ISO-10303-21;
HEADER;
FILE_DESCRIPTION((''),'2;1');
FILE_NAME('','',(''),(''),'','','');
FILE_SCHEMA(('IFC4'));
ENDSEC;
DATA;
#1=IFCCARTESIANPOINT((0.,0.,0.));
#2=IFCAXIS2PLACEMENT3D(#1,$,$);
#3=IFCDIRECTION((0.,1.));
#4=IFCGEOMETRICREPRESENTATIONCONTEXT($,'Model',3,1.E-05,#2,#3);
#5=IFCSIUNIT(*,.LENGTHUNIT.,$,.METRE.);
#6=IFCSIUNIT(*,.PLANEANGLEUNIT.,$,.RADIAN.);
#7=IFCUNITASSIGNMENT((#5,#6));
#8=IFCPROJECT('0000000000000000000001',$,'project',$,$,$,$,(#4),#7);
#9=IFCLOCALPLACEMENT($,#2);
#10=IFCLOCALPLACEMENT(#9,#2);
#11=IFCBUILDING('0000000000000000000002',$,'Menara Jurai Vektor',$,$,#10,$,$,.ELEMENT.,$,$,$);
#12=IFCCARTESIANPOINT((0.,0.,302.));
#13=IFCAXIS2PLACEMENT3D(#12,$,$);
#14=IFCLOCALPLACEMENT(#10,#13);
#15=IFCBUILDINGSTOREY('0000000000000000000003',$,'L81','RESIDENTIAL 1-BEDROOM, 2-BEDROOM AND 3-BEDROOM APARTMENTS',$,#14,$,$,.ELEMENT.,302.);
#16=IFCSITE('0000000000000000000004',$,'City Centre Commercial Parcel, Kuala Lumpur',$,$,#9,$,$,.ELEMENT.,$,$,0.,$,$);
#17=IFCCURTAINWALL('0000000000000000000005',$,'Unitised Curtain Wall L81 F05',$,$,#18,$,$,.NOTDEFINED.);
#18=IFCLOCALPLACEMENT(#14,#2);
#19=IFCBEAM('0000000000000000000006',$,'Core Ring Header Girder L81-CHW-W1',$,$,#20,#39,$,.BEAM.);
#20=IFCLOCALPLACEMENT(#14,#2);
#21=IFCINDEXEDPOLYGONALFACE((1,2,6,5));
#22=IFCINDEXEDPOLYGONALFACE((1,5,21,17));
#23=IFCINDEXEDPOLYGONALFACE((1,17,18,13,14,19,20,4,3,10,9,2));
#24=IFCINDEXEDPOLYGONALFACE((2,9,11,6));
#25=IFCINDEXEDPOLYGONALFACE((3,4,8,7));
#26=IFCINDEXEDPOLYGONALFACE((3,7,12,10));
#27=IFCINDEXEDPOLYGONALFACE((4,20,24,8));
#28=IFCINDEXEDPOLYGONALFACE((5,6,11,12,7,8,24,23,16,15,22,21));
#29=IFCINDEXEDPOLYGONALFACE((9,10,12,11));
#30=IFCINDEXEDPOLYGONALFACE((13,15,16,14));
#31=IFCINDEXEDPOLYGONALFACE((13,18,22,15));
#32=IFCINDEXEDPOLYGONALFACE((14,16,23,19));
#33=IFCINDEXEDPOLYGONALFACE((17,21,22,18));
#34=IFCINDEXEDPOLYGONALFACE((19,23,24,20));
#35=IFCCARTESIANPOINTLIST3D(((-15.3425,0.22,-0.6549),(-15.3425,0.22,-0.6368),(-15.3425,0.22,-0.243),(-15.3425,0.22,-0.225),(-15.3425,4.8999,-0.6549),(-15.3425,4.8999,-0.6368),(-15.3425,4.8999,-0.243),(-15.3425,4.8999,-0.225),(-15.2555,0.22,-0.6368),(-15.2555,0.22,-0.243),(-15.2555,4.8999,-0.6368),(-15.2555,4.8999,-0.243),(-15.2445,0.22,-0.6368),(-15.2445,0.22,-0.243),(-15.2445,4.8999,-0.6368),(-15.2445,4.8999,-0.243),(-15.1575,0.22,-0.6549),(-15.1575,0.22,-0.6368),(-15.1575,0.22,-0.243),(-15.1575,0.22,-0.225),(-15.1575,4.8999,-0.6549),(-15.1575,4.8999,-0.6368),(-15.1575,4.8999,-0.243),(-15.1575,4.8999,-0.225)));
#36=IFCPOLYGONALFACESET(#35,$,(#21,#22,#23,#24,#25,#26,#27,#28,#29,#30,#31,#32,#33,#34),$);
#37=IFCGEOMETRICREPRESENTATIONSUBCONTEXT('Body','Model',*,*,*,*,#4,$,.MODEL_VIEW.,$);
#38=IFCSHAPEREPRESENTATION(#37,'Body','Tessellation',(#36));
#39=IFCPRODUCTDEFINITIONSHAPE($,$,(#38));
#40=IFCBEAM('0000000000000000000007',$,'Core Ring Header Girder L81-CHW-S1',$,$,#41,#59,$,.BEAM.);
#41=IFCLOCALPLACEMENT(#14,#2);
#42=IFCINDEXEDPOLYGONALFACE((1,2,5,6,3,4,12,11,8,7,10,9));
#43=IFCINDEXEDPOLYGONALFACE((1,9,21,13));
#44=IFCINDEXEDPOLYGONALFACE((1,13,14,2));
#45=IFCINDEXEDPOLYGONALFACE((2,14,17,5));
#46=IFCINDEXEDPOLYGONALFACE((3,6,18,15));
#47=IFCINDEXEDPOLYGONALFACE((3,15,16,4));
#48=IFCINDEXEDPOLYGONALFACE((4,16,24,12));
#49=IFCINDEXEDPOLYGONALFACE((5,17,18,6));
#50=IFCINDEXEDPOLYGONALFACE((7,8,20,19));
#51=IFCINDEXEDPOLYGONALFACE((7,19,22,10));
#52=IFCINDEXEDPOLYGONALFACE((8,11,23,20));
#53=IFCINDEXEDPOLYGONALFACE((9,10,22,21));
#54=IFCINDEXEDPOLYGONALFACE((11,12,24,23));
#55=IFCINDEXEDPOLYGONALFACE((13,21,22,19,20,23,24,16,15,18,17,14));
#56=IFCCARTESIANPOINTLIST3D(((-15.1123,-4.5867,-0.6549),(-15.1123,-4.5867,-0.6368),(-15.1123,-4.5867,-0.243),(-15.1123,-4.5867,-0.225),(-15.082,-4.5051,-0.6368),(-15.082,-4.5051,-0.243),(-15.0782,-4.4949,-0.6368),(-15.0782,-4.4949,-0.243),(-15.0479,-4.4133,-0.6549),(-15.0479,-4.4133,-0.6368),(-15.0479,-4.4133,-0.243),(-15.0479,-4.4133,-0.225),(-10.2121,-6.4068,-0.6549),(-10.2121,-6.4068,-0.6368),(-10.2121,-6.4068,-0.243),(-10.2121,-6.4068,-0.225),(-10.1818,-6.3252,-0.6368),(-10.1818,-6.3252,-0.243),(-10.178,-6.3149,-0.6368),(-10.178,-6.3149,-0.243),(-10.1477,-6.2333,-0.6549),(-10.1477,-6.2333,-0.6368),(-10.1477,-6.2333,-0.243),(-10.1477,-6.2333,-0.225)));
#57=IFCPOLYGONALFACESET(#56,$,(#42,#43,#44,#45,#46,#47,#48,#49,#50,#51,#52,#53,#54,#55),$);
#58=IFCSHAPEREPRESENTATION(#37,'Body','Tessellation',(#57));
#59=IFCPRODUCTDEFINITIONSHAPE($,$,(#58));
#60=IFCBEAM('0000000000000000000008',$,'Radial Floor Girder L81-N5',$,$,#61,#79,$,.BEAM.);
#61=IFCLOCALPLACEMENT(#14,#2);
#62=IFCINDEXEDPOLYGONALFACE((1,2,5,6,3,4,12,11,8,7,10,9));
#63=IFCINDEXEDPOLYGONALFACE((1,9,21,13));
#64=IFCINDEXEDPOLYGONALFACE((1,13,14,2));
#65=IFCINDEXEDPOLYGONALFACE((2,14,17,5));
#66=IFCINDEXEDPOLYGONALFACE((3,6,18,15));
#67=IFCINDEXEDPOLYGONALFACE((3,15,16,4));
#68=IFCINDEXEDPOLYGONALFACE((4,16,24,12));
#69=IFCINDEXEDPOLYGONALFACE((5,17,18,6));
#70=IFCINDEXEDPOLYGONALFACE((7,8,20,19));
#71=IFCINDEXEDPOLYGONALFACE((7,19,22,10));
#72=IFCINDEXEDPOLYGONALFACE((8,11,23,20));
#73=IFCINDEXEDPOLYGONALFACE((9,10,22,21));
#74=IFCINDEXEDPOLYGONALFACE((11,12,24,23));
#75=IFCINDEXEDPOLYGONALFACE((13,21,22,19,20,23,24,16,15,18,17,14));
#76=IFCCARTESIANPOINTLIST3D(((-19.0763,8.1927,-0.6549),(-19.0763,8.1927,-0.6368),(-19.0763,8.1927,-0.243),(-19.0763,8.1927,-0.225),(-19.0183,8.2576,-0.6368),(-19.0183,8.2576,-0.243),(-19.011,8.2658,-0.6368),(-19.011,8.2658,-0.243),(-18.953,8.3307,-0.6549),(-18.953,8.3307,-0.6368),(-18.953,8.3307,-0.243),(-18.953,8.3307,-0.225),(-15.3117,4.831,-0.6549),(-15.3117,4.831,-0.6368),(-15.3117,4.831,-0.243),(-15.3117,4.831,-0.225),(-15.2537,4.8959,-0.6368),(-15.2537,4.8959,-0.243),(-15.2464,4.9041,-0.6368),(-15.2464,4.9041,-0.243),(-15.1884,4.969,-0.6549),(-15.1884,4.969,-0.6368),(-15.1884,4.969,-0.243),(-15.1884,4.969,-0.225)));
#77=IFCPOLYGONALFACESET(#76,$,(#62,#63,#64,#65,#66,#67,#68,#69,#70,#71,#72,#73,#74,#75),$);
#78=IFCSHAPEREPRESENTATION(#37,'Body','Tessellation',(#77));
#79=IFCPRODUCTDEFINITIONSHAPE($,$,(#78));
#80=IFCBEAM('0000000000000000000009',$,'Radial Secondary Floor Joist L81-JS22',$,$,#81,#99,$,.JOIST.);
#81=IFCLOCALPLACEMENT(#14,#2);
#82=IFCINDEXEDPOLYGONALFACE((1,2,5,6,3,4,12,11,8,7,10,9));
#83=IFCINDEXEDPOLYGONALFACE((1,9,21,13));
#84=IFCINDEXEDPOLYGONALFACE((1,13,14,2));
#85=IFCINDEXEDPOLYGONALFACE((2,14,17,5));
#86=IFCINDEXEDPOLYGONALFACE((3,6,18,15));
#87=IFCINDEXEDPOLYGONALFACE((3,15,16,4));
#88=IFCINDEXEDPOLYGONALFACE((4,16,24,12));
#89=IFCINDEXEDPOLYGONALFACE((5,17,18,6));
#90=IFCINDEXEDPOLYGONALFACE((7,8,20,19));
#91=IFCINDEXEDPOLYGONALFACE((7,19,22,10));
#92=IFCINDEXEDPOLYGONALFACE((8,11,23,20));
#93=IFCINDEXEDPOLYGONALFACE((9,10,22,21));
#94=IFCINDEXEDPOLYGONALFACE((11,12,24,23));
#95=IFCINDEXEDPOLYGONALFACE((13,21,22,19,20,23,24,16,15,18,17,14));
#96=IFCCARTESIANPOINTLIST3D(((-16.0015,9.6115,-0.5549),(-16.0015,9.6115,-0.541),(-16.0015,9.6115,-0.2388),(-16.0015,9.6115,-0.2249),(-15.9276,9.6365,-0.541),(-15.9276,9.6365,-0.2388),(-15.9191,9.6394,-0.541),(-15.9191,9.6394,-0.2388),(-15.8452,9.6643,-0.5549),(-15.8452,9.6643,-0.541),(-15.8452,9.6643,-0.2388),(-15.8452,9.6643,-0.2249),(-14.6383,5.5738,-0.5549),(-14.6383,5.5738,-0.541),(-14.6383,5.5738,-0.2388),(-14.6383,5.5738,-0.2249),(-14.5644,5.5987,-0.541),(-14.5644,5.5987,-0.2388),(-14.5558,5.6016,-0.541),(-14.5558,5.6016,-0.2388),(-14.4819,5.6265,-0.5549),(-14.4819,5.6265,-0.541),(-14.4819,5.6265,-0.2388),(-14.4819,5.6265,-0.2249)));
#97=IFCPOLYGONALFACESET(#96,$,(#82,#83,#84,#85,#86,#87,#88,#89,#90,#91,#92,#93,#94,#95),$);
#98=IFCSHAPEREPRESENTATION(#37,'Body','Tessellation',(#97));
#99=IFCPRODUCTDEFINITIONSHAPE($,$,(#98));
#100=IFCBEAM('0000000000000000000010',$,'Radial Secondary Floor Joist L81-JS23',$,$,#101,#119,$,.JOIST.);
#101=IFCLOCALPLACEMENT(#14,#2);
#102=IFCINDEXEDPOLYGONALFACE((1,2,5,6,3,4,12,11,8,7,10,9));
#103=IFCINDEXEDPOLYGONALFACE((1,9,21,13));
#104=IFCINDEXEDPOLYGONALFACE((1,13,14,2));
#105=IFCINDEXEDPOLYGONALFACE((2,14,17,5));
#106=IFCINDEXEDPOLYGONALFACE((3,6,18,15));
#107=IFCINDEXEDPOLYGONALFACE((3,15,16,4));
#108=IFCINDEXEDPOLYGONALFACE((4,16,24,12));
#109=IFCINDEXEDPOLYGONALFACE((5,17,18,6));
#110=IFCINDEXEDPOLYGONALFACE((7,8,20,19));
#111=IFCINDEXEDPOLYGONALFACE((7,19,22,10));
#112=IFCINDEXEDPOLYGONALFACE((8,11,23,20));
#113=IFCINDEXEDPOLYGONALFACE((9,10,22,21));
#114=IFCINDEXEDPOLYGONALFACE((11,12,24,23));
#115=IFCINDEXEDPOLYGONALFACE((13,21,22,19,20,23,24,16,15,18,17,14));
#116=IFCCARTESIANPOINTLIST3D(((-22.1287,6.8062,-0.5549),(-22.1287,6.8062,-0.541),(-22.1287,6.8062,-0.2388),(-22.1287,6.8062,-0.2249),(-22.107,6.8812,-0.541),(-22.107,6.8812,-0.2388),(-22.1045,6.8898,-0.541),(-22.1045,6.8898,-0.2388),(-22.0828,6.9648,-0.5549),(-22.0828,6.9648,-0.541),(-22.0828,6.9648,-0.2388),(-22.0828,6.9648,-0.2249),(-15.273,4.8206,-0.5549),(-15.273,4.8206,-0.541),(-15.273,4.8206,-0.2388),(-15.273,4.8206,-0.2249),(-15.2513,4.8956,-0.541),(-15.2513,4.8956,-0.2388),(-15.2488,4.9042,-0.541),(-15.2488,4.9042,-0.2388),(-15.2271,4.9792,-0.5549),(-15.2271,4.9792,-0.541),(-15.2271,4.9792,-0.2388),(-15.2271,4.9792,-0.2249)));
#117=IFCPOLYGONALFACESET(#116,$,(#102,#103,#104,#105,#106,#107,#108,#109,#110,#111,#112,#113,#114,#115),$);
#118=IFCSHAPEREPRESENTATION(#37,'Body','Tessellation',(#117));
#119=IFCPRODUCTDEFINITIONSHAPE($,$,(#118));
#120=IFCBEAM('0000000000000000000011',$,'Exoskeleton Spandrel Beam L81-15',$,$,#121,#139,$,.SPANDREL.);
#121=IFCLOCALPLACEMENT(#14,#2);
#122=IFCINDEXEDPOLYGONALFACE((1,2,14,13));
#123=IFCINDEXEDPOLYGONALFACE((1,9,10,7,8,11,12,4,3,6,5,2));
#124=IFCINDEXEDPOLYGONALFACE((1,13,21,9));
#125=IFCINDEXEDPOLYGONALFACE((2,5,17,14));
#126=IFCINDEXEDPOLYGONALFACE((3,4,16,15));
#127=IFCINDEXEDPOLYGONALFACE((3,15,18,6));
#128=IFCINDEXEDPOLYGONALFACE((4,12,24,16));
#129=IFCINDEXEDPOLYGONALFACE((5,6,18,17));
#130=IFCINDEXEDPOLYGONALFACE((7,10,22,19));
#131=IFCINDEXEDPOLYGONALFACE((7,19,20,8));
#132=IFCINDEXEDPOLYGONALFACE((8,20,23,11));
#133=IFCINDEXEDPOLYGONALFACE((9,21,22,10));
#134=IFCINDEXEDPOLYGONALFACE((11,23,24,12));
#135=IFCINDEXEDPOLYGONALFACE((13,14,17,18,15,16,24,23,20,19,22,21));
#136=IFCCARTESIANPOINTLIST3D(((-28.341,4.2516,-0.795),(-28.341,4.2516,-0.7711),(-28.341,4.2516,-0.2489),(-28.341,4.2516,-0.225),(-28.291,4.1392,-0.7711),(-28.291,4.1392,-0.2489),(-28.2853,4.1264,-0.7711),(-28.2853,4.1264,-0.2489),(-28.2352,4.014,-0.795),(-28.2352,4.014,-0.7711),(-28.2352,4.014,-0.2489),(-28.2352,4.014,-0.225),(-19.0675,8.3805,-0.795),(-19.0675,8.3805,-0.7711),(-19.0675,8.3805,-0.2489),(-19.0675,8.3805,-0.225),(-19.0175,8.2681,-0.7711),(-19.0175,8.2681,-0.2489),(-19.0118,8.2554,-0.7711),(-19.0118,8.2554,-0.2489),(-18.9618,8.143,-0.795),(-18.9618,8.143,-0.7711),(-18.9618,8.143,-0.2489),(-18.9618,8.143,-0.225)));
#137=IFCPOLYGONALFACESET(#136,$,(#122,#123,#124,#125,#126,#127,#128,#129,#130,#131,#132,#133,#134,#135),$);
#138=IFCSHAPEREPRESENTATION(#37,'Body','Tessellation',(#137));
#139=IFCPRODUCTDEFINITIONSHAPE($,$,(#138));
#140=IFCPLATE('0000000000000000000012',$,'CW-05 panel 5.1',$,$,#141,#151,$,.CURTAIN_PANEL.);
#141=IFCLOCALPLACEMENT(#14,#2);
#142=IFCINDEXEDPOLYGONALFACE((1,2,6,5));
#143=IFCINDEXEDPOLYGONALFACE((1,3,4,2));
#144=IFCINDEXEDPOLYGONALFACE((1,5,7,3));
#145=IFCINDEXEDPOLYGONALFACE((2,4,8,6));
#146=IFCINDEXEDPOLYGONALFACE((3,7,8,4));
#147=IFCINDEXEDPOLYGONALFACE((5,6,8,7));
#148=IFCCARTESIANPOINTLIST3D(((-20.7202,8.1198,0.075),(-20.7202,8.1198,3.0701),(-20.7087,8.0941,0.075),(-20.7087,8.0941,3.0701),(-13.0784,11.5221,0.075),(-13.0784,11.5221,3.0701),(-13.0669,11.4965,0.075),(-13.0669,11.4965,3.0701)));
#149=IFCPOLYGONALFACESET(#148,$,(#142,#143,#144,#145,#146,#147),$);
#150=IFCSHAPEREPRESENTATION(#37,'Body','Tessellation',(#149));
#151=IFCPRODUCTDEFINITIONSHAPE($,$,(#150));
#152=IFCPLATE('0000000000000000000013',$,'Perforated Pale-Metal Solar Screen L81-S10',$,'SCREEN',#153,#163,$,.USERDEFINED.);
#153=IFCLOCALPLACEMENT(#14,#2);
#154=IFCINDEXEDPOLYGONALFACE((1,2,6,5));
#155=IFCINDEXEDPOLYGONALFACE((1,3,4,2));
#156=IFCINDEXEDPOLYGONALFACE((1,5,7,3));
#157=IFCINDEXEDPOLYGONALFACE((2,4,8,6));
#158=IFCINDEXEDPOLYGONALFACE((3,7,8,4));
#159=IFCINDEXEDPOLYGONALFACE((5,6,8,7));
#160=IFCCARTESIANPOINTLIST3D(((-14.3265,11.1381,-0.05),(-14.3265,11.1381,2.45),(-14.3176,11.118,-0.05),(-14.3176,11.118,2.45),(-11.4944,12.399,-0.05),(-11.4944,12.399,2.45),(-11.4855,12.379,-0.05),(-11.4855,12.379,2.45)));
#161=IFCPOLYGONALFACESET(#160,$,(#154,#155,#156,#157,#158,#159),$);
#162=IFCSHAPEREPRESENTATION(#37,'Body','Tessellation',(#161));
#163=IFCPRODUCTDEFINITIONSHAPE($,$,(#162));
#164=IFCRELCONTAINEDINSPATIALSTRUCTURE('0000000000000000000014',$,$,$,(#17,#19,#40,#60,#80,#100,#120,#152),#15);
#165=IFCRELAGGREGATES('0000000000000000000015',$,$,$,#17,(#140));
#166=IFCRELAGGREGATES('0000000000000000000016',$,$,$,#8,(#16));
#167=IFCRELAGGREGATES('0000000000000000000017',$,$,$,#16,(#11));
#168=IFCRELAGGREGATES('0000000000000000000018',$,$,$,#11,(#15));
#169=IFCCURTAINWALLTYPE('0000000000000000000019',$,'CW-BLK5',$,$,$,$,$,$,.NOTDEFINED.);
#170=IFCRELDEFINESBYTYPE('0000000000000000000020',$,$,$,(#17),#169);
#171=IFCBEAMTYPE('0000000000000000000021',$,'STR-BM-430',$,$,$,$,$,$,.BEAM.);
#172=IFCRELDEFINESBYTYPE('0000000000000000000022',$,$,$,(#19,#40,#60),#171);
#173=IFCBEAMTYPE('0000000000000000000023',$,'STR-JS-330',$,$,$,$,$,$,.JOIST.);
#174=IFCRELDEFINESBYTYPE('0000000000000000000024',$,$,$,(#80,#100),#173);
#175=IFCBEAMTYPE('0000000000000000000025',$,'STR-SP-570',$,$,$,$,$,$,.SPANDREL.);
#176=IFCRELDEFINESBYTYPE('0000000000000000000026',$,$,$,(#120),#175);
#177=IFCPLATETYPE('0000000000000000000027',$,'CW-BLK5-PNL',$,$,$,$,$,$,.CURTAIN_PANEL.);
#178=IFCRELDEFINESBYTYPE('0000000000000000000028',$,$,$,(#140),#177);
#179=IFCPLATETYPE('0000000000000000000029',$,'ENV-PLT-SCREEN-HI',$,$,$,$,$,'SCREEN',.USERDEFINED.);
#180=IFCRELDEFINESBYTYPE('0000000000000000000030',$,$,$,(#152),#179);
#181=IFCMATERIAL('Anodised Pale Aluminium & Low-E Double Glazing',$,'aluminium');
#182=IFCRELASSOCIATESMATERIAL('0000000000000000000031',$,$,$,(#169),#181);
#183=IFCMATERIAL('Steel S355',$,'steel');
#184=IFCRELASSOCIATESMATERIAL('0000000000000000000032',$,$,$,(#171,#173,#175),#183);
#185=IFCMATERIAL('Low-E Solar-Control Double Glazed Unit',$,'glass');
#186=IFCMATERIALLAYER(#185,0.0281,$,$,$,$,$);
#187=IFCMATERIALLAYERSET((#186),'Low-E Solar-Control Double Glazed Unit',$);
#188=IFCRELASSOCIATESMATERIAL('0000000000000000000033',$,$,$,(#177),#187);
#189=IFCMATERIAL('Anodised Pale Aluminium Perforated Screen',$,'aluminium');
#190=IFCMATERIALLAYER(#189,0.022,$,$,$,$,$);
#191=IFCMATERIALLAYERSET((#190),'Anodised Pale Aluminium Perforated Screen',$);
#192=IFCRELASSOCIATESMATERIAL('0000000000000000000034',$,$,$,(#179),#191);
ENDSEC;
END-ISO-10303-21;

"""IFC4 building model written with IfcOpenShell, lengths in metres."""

from ifc_helpers import new_model, si_unit, direction, frame, origin, origin_2d, place, context, subcontext, project, spatial, rectangle, i_section, extrude, material, layer, layer_set, material_profile, profile_set, type_object, element, aggregate, save


model = new_model("IFC4")

# Units and contexts
model_context = context("Model", 3, precision=1e-05, world=origin(), true_north=direction((0.0, 1.0)))
body_context = subcontext(model_context, "Body", "Model", "MODEL_VIEW")
ifc_project = project(units=[si_unit("LENGTHUNIT", "METRE"), si_unit("PLANEANGLEUNIT", "RADIAN")], contexts=[model_context])

# Site, building, storey
site_placement = place(None, origin())
site = spatial("IfcSite", under=ifc_project, at=site_placement, Name="City Centre Commercial Parcel, Kuala Lumpur", CompositionType="ELEMENT", RefElevation=0.0)
building_placement = place(site_placement, origin())
building = spatial("IfcBuilding", under=site, at=building_placement, Name="Menara Jurai Vektor", CompositionType="ELEMENT")
storey_placement = place(building_placement, frame((0.0, 0.0, 302.0)))
storey = spatial("IfcBuildingStorey", under=building, at=storey_placement, Name="L81", Description="RESIDENTIAL 1-BEDROOM, 2-BEDROOM AND 3-BEDROOM APARTMENTS", CompositionType="ELEMENT", Elevation=302.0)

# Curtain wall
ifc_material_1 = material(Name="Anodised Pale Aluminium & Low-E Double Glazing", Category="aluminium")
curtain_wall_type = type_object("IfcCurtainWallType", Name="CW-BLK5", PredefinedType="NOTDEFINED", material=ifc_material_1)
curtain_wall_placement = place(storey_placement, origin())
curtain_wall = element("IfcCurtainWall", 1, at=curtain_wall_placement, inside=storey, type_object=curtain_wall_type, Name="Unitised Curtain Wall L81 F05", PredefinedType="NOTDEFINED")

# Beams
ifc_material_2 = material(Name="Steel S355", Category="steel")
ifc_material_profile_1 = material_profile(ifc_material_2, i_section(OverallWidth=0.1851, OverallDepth=0.4299, WebThickness=0.011, FlangeThickness=0.0181, at=origin_2d()), Name="PG 430x185x76")
ifc_profile_set_1 = profile_set([ifc_material_profile_1], Name="Steel S355")
beam_type_1 = type_object("IfcBeamType", Name="STR-BM-430", PredefinedType="BEAM", material=ifc_profile_set_1)
beam_1_placement = place(storey_placement, frame((-15.25, 0.22, -0.4399), z_axis=(0.0, 1.0, 0.0), x_axis=(-1.0, 0.0, 0.0)))
element("IfcBeam", 2, at=beam_1_placement, inside=storey, type_object=beam_type_1, Name="Core Ring Header Girder L81-CHW-W1", PredefinedType="BEAM", context=body_context, shape_type="SweptSolid", body=[
    extrude(i_section(OverallWidth=0.1851, OverallDepth=0.4299, WebThickness=0.011, FlangeThickness=0.0181, at=origin_2d()), origin(), (0.0, 0.0, 1.0), 4.6799),
])
beam_2_placement = place(storey_placement, frame((-15.0801, -4.5, -0.4399), z_axis=(0.937424, -0.348189, 0.0), x_axis=(0.348189, 0.937424, 0.0)))
element("IfcBeam", 3, at=beam_2_placement, inside=storey, type_object=beam_type_1, Name="Core Ring Header Girder L81-CHW-S1", PredefinedType="BEAM", context=body_context, shape_type="SweptSolid", body=[
    extrude(i_section(OverallWidth=0.1851, OverallDepth=0.4299, WebThickness=0.011, FlangeThickness=0.0181, at=origin_2d()), origin(), (0.0, 0.0, 1.0), 5.2273),
])
beam_3_placement = place(storey_placement, frame((-19.0146, 8.2617, -0.4399), z_axis=(0.745886, -0.666073, 0.0), x_axis=(0.666073, 0.745886, 0.0)))
element("IfcBeam", 4, at=beam_3_placement, inside=storey, type_object=beam_type_1, Name="Radial Floor Girder L81-N5", PredefinedType="BEAM", context=body_context, shape_type="SweptSolid", body=[
    extrude(i_section(OverallWidth=0.1851, OverallDepth=0.4299, WebThickness=0.011, FlangeThickness=0.0181, at=origin_2d()), origin(), (0.0, 0.0, 1.0), 5.0471),
])
ifc_material_profile_2 = material_profile(ifc_material_2, i_section(OverallWidth=0.165, OverallDepth=0.3301, WebThickness=0.009, FlangeThickness=0.0139, at=origin_2d()), Name="PG 330x165x46")
ifc_profile_set_2 = profile_set([ifc_material_profile_2], Name="Steel S355")
beam_type_2 = type_object("IfcBeamType", Name="STR-JS-330", PredefinedType="JOIST", material=ifc_profile_set_2)
beam_4_placement = place(storey_placement, frame((-15.9233, 9.6379, -0.3899), z_axis=(0.319886, -0.947456, 0.0), x_axis=(0.947456, 0.319886, 0.0)))
element("IfcBeam", 5, at=beam_4_placement, inside=storey, type_object=beam_type_2, Name="Radial Secondary Floor Joist L81-JS22", PredefinedType="JOIST", context=body_context, shape_type="SweptSolid", body=[
    extrude(i_section(OverallWidth=0.165, OverallDepth=0.3301, WebThickness=0.009, FlangeThickness=0.0139, at=origin_2d()), origin(), (0.0, 0.0, 1.0), 4.2617),
])
beam_5_placement = place(storey_placement, frame((-22.1057, 6.8855, -0.3899), z_axis=(0.960525, -0.278193, 0.0), x_axis=(0.278193, 0.960525, 0.0)))
element("IfcBeam", 6, at=beam_5_placement, inside=storey, type_object=beam_type_2, Name="Radial Secondary Floor Joist L81-JS23", PredefinedType="JOIST", context=body_context, shape_type="SweptSolid", body=[
    extrude(i_section(OverallWidth=0.165, OverallDepth=0.3301, WebThickness=0.009, FlangeThickness=0.0139, at=origin_2d()), origin(), (0.0, 0.0, 1.0), 7.1375),
])
ifc_material_profile_3 = material_profile(ifc_material_2, i_section(OverallWidth=0.26, OverallDepth=0.5701, WebThickness=0.0139, FlangeThickness=0.0239, at=origin_2d()), Name="PG 570x260x145")
ifc_profile_set_3 = profile_set([ifc_material_profile_3], Name="Steel S355")
beam_type_3 = type_object("IfcBeamType", Name="STR-SP-570", PredefinedType="SPANDREL", material=ifc_profile_set_3)
beam_6_placement = place(storey_placement, frame((-19.0146, 8.2617, -0.51), z_axis=(-0.913542, -0.406745, 0.0), x_axis=(0.406745, -0.913542, 0.0)))
element("IfcBeam", 7, at=beam_6_placement, inside=storey, type_object=beam_type_3, Name="Exoskeleton Spandrel Beam L81-15", PredefinedType="SPANDREL", context=body_context, shape_type="SweptSolid", body=[
    extrude(i_section(OverallWidth=0.26, OverallDepth=0.5701, WebThickness=0.0139, FlangeThickness=0.0239, at=origin_2d()), origin(), (0.0, 0.0, 1.0), 10.1511),
])

# Plates
ifc_material_3 = material(Name="Low-E Solar-Control Double Glazed Unit", Category="glass")
ifc_layer_1 = layer(ifc_material_3, 0.0281)
ifc_layer_set_1 = layer_set([ifc_layer_1], Name="Low-E Solar-Control Double Glazed Unit")
plate_type_1 = type_object("IfcPlateType", Name="CW-BLK5-PNL", PredefinedType="CURTAIN_PANEL", material=ifc_layer_set_1)
plate_1_placement = place(storey_placement, frame((-16.8936, 9.8081, 0.075), z_axis=(0.0, 0.0, 1.0), x_axis=(-0.913546, -0.406735, 0.0)))
plate_1 = element("IfcPlate", 8, at=plate_1_placement, type_object=plate_type_1, Name="CW-05 panel 5.1", PredefinedType="CURTAIN_PANEL", context=body_context, shape_type="SweptSolid", body=[
    extrude(rectangle(XDim=8.365, YDim=0.0281, at=origin_2d()), origin(), (0.0, 0.0, 1.0), 2.9951),
])
aggregate(curtain_wall, [plate_1])
ifc_material_4 = material(Name="Anodised Pale Aluminium Perforated Screen", Category="aluminium")
ifc_layer_2 = layer(ifc_material_4, 0.022)
ifc_layer_set_2 = layer_set([ifc_layer_2], Name="Anodised Pale Aluminium Perforated Screen")
plate_type_2 = type_object("IfcPlateType", Name="ENV-PLT-SCREEN-HI", ElementType="SCREEN", PredefinedType="USERDEFINED", material=ifc_layer_set_2)
plate_2_placement = place(storey_placement, frame((-12.906, 11.7585, -0.05), z_axis=(0.0, 0.0, 1.0), x_axis=(-0.913545, -0.406737, 0.0)))
element("IfcPlate", 9, at=plate_2_placement, inside=storey, type_object=plate_type_2, Name="Perforated Pale-Metal Solar Screen L81-S10", ObjectType="SCREEN", PredefinedType="USERDEFINED", context=body_context, shape_type="SweptSolid", body=[
    extrude(rectangle(XDim=3.1001, YDim=0.022, at=origin_2d()), origin(), (0.0, 0.0, 1.0), 2.5),
])

save(model, "model.ifc")
